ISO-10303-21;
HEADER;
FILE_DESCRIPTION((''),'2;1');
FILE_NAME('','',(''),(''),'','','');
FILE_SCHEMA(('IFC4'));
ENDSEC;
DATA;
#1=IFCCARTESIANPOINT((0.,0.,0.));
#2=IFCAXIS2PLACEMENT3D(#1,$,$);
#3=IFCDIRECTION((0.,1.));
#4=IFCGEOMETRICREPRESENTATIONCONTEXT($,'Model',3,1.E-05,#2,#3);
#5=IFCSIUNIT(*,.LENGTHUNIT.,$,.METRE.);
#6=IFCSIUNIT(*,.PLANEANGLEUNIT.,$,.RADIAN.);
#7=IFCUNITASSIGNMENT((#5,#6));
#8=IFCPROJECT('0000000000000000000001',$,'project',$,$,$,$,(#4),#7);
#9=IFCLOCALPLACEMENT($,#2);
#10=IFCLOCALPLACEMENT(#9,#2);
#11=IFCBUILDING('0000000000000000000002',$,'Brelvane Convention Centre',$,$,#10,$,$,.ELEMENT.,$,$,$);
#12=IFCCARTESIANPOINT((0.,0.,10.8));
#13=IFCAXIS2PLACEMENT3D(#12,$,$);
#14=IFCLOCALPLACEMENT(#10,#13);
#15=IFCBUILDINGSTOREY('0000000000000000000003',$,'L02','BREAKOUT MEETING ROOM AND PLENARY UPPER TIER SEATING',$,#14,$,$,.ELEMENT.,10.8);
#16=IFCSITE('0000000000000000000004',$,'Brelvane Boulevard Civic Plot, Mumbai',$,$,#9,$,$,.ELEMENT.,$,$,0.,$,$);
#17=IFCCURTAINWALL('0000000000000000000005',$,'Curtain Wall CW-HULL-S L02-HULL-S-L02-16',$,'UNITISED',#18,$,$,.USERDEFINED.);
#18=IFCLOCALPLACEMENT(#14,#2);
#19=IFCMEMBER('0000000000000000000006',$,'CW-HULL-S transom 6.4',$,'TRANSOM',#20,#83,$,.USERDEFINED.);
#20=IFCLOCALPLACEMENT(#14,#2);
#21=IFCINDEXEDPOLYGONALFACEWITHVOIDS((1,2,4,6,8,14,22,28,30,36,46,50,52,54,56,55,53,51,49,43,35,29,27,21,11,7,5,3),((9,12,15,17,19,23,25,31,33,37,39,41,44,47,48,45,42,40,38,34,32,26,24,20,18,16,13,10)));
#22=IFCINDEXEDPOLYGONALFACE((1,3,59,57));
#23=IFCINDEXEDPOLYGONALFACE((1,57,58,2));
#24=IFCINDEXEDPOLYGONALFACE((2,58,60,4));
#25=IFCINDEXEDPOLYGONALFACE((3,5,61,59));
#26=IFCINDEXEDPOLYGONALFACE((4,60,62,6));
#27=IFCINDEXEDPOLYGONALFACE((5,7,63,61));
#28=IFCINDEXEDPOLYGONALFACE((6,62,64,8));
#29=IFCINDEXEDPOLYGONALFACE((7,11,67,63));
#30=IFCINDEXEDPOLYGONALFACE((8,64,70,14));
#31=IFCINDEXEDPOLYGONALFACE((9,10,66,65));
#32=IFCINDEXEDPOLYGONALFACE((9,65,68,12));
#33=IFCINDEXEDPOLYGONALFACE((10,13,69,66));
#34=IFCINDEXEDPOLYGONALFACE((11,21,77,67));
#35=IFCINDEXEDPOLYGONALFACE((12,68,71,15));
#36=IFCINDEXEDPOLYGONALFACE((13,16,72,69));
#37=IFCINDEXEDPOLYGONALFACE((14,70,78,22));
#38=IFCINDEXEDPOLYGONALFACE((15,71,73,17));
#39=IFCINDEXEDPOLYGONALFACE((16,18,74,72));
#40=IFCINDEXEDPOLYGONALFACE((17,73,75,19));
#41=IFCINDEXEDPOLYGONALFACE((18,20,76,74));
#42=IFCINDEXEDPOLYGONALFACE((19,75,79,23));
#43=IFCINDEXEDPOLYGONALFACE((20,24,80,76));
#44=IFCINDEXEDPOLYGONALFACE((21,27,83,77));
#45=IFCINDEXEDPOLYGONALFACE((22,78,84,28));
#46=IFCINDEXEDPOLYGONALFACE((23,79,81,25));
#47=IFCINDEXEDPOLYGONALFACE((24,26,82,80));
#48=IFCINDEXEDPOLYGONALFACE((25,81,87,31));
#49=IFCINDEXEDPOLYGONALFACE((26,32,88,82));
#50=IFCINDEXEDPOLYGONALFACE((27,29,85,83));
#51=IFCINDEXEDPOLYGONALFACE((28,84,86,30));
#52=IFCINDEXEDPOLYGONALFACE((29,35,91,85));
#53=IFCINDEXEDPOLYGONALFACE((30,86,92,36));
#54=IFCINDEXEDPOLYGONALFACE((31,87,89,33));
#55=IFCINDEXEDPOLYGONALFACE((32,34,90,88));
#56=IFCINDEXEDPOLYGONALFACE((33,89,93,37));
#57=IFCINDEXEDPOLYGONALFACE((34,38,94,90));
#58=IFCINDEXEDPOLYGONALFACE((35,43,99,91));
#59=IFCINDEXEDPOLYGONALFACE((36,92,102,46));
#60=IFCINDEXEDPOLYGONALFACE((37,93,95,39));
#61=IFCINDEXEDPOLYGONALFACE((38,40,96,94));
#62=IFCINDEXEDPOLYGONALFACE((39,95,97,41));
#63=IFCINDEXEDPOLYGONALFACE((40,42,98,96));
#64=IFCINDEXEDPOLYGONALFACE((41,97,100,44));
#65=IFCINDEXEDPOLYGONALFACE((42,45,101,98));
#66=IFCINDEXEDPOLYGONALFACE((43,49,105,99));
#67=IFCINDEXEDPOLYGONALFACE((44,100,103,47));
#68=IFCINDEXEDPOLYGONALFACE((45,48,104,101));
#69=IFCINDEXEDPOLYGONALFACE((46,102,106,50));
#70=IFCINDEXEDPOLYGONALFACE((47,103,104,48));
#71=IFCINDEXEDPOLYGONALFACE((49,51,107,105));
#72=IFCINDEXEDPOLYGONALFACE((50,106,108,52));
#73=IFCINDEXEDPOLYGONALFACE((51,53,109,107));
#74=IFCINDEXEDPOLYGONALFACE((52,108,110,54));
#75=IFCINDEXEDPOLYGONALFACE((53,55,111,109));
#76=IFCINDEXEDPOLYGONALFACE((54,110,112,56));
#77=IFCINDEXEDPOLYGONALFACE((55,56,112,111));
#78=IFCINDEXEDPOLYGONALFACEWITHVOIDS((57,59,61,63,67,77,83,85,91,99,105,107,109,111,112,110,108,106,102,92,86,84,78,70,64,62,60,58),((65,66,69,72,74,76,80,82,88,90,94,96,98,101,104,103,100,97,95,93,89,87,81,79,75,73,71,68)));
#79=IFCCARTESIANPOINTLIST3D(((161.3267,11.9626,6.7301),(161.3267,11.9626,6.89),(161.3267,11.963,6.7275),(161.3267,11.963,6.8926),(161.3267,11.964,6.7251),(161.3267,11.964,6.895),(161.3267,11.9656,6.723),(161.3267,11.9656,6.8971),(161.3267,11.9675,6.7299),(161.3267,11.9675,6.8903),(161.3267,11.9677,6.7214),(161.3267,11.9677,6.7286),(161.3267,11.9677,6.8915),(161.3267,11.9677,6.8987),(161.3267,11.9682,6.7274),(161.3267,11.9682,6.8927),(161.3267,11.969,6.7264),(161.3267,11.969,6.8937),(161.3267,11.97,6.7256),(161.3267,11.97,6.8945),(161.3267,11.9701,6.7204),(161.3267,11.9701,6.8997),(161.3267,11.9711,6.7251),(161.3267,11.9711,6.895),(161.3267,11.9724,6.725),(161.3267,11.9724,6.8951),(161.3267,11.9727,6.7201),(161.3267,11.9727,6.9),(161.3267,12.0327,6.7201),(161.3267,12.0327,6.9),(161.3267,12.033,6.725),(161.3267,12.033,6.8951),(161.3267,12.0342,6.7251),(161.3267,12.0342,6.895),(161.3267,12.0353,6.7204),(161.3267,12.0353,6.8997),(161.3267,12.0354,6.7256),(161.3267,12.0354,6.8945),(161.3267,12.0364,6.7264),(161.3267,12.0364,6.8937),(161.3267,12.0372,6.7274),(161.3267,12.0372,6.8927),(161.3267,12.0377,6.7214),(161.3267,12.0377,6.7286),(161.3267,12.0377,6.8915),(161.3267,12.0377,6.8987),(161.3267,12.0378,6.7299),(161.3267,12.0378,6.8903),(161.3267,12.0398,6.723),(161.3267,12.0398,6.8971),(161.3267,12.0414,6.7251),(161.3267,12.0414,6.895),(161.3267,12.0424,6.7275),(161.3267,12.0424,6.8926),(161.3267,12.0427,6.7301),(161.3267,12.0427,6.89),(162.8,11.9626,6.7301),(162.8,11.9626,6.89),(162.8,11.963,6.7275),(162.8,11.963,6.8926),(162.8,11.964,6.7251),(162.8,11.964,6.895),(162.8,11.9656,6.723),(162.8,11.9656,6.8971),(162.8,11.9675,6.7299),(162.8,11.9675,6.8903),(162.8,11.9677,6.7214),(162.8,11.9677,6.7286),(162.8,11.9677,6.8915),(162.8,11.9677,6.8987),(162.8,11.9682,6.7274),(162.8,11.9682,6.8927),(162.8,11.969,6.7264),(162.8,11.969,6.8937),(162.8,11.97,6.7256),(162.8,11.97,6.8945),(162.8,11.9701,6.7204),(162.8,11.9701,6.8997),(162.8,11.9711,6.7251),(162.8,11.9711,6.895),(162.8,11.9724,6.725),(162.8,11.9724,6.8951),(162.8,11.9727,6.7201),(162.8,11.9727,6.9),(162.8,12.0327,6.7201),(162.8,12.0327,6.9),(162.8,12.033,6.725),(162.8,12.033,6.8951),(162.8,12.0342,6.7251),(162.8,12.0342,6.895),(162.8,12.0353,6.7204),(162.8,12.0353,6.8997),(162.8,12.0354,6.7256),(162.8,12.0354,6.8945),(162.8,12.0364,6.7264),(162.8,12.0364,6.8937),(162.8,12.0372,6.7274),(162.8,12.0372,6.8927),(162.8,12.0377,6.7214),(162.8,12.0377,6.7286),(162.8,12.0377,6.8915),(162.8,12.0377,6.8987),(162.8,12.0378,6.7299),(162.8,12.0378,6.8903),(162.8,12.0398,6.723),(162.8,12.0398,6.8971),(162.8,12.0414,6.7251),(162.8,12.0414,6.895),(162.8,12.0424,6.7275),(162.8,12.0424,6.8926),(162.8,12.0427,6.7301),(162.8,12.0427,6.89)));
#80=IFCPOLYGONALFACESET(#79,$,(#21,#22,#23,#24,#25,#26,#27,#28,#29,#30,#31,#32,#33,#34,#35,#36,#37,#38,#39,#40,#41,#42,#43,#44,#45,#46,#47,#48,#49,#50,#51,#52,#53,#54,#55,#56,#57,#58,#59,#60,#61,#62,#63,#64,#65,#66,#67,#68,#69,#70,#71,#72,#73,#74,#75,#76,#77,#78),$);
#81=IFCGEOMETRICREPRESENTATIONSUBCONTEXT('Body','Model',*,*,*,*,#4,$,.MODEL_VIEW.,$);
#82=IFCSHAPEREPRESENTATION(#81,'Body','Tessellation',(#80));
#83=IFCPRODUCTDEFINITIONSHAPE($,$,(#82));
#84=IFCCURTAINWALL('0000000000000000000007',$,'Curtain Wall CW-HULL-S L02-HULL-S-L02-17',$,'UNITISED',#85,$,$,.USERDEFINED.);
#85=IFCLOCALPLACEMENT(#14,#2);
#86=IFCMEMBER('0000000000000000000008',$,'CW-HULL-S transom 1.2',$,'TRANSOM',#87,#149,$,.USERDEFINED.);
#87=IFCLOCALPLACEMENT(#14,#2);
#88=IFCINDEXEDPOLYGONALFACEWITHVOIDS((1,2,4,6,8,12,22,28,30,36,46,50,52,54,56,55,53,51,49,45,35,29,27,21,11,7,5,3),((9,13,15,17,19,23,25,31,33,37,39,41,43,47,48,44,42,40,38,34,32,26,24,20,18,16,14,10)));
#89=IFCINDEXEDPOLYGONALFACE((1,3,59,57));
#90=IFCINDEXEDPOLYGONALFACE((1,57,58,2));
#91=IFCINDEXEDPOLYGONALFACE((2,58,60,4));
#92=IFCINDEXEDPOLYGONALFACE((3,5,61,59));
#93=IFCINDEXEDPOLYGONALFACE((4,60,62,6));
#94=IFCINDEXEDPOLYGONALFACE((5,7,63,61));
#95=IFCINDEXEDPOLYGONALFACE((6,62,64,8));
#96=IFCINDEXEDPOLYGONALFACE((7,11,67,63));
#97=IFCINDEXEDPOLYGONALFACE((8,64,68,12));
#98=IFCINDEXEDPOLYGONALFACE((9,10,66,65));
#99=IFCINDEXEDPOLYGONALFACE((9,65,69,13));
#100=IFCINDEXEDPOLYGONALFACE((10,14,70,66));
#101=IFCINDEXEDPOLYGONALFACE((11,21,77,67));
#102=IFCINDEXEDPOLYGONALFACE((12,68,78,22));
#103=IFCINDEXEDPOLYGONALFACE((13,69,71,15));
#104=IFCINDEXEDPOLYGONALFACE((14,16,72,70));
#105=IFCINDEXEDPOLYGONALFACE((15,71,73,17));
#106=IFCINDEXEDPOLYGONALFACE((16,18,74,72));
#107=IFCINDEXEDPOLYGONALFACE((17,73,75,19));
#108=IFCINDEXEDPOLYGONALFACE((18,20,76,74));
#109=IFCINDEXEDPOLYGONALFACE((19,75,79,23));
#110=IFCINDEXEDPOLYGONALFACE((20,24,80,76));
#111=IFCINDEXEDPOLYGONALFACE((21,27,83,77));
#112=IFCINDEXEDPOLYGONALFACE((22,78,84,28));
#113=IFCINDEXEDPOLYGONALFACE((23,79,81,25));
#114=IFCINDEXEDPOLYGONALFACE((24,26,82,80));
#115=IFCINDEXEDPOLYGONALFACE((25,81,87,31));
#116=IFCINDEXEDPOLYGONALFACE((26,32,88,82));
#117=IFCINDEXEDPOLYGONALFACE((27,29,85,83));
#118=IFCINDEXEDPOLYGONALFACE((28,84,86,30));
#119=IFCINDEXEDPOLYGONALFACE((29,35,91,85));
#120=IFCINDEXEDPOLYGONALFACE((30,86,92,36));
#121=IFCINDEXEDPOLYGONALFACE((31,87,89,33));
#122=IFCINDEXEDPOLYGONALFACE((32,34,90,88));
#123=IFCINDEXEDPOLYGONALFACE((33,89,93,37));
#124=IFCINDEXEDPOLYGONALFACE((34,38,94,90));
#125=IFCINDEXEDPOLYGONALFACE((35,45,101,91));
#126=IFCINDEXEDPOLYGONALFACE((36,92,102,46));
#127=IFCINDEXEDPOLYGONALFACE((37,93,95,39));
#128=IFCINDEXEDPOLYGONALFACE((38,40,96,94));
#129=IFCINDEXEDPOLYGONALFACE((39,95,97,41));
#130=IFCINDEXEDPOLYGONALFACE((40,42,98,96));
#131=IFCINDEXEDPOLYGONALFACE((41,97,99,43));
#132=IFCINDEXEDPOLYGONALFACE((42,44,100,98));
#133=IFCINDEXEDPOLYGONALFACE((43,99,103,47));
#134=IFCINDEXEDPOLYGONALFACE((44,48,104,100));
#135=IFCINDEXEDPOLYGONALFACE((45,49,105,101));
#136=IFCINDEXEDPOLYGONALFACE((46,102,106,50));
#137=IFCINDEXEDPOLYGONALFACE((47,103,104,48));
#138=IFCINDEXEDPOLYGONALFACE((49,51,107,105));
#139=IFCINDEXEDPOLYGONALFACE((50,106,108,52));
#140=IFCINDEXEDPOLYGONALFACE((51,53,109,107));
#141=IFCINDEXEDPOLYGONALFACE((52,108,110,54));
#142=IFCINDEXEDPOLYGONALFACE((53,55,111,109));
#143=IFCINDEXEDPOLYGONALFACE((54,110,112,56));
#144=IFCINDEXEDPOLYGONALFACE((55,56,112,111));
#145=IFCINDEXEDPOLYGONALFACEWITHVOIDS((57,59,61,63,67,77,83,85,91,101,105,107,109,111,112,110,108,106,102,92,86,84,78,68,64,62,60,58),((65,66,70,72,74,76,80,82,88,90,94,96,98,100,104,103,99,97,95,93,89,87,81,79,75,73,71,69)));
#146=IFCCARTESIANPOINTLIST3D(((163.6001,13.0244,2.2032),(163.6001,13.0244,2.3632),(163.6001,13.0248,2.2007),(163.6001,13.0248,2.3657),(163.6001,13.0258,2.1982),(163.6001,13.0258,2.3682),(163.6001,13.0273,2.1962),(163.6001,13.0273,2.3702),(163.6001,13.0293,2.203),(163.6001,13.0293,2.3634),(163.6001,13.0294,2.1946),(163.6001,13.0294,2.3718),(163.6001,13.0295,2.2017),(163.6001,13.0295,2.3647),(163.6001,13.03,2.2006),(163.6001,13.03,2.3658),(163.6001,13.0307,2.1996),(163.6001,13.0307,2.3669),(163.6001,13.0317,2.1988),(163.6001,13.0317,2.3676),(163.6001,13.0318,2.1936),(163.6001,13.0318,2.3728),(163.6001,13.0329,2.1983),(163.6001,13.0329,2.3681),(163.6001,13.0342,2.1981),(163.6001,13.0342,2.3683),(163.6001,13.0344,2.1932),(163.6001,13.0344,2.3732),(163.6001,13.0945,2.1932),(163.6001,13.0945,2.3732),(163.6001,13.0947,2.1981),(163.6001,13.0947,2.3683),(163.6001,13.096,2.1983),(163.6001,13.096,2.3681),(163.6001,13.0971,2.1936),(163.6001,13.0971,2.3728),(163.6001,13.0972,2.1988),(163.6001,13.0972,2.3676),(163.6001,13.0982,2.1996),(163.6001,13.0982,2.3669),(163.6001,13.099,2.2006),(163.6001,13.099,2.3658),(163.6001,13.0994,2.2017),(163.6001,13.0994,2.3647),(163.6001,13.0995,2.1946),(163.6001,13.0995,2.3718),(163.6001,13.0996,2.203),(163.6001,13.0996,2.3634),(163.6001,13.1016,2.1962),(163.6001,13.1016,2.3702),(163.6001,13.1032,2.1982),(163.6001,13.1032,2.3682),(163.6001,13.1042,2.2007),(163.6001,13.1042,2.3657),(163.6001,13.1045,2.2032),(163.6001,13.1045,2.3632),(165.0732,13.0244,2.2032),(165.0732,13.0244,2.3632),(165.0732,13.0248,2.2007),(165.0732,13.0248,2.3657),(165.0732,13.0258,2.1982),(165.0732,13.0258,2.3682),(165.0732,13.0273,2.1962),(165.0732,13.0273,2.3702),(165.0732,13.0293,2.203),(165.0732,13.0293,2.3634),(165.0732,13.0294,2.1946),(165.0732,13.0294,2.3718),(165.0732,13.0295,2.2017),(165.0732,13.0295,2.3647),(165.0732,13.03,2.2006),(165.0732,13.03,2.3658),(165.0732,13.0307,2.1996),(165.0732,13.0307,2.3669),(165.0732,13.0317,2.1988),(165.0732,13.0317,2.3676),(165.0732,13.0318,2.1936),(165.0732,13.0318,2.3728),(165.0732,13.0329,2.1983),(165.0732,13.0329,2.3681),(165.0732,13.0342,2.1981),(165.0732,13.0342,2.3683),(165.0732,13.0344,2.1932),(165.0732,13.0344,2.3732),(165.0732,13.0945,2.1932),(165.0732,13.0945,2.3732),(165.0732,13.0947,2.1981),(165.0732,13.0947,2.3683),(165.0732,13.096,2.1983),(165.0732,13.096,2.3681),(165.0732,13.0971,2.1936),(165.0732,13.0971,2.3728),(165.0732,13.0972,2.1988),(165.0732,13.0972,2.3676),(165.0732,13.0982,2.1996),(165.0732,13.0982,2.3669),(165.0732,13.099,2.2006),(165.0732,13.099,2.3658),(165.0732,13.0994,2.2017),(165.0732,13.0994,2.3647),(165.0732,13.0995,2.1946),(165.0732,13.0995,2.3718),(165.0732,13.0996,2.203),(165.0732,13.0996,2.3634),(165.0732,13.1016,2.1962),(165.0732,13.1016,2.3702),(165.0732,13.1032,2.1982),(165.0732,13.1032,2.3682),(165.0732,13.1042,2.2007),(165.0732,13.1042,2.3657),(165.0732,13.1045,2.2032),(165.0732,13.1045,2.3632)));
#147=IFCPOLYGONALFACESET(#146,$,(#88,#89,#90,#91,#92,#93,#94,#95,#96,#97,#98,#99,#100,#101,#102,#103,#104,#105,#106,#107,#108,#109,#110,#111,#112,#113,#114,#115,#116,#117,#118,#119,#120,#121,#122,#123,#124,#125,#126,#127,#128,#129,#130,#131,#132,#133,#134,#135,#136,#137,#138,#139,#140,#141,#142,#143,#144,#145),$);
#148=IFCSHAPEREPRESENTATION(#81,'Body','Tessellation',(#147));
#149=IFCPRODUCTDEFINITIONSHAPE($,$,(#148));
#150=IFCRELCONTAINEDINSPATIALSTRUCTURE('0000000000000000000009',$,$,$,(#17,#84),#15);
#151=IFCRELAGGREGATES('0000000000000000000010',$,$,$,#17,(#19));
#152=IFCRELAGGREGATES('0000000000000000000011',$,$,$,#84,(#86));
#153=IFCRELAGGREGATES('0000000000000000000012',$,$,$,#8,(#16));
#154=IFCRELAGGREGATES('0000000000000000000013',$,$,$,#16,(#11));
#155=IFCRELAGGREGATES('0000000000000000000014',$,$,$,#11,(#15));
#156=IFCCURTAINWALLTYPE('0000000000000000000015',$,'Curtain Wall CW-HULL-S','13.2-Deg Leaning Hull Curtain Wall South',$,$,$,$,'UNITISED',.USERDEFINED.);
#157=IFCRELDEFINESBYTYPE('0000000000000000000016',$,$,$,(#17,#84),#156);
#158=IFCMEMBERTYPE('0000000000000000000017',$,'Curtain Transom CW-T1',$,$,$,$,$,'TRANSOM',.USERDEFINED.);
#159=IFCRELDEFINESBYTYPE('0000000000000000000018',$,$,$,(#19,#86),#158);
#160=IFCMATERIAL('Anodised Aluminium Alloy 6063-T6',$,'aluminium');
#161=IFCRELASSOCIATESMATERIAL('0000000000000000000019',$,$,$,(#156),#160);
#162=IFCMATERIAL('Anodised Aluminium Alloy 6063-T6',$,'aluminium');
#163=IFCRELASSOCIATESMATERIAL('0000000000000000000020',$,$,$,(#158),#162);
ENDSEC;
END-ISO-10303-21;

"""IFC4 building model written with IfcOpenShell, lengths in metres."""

from ifc_helpers import new_model, si_unit, direction, frame, origin, origin_2d, place, context, subcontext, project, spatial, hollow_rectangle, extrude, material, material_profile, profile_set, type_object, element, aggregate, save


model = new_model("IFC4")

# Units and contexts
model_context = context("Model", 3, precision=1e-05, world=origin(), true_north=direction((0.0, 1.0)))
body_context = subcontext(model_context, "Body", "Model", "MODEL_VIEW")
ifc_project = project(units=[si_unit("LENGTHUNIT", "METRE"), si_unit("PLANEANGLEUNIT", "RADIAN")], contexts=[model_context])

# Site, building, storey
site_placement = place(None, origin())
site = spatial("IfcSite", under=ifc_project, at=site_placement, Name="Brelvane Boulevard Civic Plot, Mumbai", CompositionType="ELEMENT", RefElevation=0.0)
building_placement = place(site_placement, origin())
building = spatial("IfcBuilding", under=site, at=building_placement, Name="Brelvane Convention Centre", CompositionType="ELEMENT")
storey_placement = place(building_placement, frame((0.0, 0.0, 10.8)))
storey = spatial("IfcBuildingStorey", under=building, at=storey_placement, Name="L02", Description="BREAKOUT MEETING ROOM AND PLENARY UPPER TIER SEATING", CompositionType="ELEMENT", Elevation=10.8)

# Curtain walls, members
ifc_material_1 = material(Name="Anodised Aluminium Alloy 6063-T6", Category="aluminium")
curtain_wall_type = type_object("IfcCurtainWallType", Name="Curtain Wall CW-HULL-S", Description="13.2-Deg Leaning Hull Curtain Wall South", ElementType="UNITISED", PredefinedType="USERDEFINED", material=ifc_material_1)
curtain_wall_1_placement = place(storey_placement, origin())
curtain_wall_1 = element("IfcCurtainWall", 1, at=curtain_wall_1_placement, inside=storey, type_object=curtain_wall_type, Name="Curtain Wall CW-HULL-S L02-HULL-S-L02-16", ObjectType="UNITISED", PredefinedType="USERDEFINED")
ifc_material_2 = material(Name="Anodised Aluminium Alloy 6063-T6", Category="aluminium")
ifc_material_profile_1 = material_profile(ifc_material_2, hollow_rectangle(XDim=0.0801, YDim=0.1799, WallThickness=0.0049, InnerFilletRadius=0.0049, OuterFilletRadius=0.01, at=origin_2d()), Name="ALU-T 180x80x5.0")
ifc_profile_set_1 = profile_set([ifc_material_profile_1], Name="Anodised Aluminium Alloy 6063-T6")
member_type_1 = type_object("IfcMemberType", Name="Curtain Transom CW-T1", ElementType="TRANSOM", PredefinedType="USERDEFINED", material=ifc_profile_set_1)
member_1_placement = place(storey_placement, frame((161.3267, 12.0027, 6.8101), z_axis=(1.0, 0.0, 0.0), x_axis=(0.0, 1.0, 0.0)))
member_1 = element("IfcMember", 2, at=member_1_placement, type_object=member_type_1, Name="CW-HULL-S transom 6.4", ObjectType="TRANSOM", PredefinedType="USERDEFINED", context=body_context, shape_type="SweptSolid", body=[
    extrude(hollow_rectangle(XDim=0.0801, YDim=0.1799, WallThickness=0.0049, InnerFilletRadius=0.0049, OuterFilletRadius=0.01, at=origin_2d()), origin(), (0.0, 0.0, 1.0), 1.4734),
])
curtain_wall_2_placement = place(storey_placement, origin())
curtain_wall_2 = element("IfcCurtainWall", 3, at=curtain_wall_2_placement, inside=storey, type_object=curtain_wall_type, Name="Curtain Wall CW-HULL-S L02-HULL-S-L02-17", ObjectType="UNITISED", PredefinedType="USERDEFINED")
member_2_placement = place(storey_placement, frame((163.6001, 13.0645, 2.2832), z_axis=(1.0, 0.0, 0.0), x_axis=(0.0, 1.0, 0.0)))
member_2 = element("IfcMember", 4, at=member_2_placement, type_object=member_type_1, Name="CW-HULL-S transom 1.2", ObjectType="TRANSOM", PredefinedType="USERDEFINED", context=body_context, shape_type="SweptSolid", body=[
    extrude(hollow_rectangle(XDim=0.0801, YDim=0.1799, WallThickness=0.0049, InnerFilletRadius=0.0049, OuterFilletRadius=0.01, at=origin_2d()), origin(), (0.0, 0.0, 1.0), 1.4731),
])

aggregate(curtain_wall_1, [member_1])
aggregate(curtain_wall_2, [member_2])

save(model, "model.ifc")
